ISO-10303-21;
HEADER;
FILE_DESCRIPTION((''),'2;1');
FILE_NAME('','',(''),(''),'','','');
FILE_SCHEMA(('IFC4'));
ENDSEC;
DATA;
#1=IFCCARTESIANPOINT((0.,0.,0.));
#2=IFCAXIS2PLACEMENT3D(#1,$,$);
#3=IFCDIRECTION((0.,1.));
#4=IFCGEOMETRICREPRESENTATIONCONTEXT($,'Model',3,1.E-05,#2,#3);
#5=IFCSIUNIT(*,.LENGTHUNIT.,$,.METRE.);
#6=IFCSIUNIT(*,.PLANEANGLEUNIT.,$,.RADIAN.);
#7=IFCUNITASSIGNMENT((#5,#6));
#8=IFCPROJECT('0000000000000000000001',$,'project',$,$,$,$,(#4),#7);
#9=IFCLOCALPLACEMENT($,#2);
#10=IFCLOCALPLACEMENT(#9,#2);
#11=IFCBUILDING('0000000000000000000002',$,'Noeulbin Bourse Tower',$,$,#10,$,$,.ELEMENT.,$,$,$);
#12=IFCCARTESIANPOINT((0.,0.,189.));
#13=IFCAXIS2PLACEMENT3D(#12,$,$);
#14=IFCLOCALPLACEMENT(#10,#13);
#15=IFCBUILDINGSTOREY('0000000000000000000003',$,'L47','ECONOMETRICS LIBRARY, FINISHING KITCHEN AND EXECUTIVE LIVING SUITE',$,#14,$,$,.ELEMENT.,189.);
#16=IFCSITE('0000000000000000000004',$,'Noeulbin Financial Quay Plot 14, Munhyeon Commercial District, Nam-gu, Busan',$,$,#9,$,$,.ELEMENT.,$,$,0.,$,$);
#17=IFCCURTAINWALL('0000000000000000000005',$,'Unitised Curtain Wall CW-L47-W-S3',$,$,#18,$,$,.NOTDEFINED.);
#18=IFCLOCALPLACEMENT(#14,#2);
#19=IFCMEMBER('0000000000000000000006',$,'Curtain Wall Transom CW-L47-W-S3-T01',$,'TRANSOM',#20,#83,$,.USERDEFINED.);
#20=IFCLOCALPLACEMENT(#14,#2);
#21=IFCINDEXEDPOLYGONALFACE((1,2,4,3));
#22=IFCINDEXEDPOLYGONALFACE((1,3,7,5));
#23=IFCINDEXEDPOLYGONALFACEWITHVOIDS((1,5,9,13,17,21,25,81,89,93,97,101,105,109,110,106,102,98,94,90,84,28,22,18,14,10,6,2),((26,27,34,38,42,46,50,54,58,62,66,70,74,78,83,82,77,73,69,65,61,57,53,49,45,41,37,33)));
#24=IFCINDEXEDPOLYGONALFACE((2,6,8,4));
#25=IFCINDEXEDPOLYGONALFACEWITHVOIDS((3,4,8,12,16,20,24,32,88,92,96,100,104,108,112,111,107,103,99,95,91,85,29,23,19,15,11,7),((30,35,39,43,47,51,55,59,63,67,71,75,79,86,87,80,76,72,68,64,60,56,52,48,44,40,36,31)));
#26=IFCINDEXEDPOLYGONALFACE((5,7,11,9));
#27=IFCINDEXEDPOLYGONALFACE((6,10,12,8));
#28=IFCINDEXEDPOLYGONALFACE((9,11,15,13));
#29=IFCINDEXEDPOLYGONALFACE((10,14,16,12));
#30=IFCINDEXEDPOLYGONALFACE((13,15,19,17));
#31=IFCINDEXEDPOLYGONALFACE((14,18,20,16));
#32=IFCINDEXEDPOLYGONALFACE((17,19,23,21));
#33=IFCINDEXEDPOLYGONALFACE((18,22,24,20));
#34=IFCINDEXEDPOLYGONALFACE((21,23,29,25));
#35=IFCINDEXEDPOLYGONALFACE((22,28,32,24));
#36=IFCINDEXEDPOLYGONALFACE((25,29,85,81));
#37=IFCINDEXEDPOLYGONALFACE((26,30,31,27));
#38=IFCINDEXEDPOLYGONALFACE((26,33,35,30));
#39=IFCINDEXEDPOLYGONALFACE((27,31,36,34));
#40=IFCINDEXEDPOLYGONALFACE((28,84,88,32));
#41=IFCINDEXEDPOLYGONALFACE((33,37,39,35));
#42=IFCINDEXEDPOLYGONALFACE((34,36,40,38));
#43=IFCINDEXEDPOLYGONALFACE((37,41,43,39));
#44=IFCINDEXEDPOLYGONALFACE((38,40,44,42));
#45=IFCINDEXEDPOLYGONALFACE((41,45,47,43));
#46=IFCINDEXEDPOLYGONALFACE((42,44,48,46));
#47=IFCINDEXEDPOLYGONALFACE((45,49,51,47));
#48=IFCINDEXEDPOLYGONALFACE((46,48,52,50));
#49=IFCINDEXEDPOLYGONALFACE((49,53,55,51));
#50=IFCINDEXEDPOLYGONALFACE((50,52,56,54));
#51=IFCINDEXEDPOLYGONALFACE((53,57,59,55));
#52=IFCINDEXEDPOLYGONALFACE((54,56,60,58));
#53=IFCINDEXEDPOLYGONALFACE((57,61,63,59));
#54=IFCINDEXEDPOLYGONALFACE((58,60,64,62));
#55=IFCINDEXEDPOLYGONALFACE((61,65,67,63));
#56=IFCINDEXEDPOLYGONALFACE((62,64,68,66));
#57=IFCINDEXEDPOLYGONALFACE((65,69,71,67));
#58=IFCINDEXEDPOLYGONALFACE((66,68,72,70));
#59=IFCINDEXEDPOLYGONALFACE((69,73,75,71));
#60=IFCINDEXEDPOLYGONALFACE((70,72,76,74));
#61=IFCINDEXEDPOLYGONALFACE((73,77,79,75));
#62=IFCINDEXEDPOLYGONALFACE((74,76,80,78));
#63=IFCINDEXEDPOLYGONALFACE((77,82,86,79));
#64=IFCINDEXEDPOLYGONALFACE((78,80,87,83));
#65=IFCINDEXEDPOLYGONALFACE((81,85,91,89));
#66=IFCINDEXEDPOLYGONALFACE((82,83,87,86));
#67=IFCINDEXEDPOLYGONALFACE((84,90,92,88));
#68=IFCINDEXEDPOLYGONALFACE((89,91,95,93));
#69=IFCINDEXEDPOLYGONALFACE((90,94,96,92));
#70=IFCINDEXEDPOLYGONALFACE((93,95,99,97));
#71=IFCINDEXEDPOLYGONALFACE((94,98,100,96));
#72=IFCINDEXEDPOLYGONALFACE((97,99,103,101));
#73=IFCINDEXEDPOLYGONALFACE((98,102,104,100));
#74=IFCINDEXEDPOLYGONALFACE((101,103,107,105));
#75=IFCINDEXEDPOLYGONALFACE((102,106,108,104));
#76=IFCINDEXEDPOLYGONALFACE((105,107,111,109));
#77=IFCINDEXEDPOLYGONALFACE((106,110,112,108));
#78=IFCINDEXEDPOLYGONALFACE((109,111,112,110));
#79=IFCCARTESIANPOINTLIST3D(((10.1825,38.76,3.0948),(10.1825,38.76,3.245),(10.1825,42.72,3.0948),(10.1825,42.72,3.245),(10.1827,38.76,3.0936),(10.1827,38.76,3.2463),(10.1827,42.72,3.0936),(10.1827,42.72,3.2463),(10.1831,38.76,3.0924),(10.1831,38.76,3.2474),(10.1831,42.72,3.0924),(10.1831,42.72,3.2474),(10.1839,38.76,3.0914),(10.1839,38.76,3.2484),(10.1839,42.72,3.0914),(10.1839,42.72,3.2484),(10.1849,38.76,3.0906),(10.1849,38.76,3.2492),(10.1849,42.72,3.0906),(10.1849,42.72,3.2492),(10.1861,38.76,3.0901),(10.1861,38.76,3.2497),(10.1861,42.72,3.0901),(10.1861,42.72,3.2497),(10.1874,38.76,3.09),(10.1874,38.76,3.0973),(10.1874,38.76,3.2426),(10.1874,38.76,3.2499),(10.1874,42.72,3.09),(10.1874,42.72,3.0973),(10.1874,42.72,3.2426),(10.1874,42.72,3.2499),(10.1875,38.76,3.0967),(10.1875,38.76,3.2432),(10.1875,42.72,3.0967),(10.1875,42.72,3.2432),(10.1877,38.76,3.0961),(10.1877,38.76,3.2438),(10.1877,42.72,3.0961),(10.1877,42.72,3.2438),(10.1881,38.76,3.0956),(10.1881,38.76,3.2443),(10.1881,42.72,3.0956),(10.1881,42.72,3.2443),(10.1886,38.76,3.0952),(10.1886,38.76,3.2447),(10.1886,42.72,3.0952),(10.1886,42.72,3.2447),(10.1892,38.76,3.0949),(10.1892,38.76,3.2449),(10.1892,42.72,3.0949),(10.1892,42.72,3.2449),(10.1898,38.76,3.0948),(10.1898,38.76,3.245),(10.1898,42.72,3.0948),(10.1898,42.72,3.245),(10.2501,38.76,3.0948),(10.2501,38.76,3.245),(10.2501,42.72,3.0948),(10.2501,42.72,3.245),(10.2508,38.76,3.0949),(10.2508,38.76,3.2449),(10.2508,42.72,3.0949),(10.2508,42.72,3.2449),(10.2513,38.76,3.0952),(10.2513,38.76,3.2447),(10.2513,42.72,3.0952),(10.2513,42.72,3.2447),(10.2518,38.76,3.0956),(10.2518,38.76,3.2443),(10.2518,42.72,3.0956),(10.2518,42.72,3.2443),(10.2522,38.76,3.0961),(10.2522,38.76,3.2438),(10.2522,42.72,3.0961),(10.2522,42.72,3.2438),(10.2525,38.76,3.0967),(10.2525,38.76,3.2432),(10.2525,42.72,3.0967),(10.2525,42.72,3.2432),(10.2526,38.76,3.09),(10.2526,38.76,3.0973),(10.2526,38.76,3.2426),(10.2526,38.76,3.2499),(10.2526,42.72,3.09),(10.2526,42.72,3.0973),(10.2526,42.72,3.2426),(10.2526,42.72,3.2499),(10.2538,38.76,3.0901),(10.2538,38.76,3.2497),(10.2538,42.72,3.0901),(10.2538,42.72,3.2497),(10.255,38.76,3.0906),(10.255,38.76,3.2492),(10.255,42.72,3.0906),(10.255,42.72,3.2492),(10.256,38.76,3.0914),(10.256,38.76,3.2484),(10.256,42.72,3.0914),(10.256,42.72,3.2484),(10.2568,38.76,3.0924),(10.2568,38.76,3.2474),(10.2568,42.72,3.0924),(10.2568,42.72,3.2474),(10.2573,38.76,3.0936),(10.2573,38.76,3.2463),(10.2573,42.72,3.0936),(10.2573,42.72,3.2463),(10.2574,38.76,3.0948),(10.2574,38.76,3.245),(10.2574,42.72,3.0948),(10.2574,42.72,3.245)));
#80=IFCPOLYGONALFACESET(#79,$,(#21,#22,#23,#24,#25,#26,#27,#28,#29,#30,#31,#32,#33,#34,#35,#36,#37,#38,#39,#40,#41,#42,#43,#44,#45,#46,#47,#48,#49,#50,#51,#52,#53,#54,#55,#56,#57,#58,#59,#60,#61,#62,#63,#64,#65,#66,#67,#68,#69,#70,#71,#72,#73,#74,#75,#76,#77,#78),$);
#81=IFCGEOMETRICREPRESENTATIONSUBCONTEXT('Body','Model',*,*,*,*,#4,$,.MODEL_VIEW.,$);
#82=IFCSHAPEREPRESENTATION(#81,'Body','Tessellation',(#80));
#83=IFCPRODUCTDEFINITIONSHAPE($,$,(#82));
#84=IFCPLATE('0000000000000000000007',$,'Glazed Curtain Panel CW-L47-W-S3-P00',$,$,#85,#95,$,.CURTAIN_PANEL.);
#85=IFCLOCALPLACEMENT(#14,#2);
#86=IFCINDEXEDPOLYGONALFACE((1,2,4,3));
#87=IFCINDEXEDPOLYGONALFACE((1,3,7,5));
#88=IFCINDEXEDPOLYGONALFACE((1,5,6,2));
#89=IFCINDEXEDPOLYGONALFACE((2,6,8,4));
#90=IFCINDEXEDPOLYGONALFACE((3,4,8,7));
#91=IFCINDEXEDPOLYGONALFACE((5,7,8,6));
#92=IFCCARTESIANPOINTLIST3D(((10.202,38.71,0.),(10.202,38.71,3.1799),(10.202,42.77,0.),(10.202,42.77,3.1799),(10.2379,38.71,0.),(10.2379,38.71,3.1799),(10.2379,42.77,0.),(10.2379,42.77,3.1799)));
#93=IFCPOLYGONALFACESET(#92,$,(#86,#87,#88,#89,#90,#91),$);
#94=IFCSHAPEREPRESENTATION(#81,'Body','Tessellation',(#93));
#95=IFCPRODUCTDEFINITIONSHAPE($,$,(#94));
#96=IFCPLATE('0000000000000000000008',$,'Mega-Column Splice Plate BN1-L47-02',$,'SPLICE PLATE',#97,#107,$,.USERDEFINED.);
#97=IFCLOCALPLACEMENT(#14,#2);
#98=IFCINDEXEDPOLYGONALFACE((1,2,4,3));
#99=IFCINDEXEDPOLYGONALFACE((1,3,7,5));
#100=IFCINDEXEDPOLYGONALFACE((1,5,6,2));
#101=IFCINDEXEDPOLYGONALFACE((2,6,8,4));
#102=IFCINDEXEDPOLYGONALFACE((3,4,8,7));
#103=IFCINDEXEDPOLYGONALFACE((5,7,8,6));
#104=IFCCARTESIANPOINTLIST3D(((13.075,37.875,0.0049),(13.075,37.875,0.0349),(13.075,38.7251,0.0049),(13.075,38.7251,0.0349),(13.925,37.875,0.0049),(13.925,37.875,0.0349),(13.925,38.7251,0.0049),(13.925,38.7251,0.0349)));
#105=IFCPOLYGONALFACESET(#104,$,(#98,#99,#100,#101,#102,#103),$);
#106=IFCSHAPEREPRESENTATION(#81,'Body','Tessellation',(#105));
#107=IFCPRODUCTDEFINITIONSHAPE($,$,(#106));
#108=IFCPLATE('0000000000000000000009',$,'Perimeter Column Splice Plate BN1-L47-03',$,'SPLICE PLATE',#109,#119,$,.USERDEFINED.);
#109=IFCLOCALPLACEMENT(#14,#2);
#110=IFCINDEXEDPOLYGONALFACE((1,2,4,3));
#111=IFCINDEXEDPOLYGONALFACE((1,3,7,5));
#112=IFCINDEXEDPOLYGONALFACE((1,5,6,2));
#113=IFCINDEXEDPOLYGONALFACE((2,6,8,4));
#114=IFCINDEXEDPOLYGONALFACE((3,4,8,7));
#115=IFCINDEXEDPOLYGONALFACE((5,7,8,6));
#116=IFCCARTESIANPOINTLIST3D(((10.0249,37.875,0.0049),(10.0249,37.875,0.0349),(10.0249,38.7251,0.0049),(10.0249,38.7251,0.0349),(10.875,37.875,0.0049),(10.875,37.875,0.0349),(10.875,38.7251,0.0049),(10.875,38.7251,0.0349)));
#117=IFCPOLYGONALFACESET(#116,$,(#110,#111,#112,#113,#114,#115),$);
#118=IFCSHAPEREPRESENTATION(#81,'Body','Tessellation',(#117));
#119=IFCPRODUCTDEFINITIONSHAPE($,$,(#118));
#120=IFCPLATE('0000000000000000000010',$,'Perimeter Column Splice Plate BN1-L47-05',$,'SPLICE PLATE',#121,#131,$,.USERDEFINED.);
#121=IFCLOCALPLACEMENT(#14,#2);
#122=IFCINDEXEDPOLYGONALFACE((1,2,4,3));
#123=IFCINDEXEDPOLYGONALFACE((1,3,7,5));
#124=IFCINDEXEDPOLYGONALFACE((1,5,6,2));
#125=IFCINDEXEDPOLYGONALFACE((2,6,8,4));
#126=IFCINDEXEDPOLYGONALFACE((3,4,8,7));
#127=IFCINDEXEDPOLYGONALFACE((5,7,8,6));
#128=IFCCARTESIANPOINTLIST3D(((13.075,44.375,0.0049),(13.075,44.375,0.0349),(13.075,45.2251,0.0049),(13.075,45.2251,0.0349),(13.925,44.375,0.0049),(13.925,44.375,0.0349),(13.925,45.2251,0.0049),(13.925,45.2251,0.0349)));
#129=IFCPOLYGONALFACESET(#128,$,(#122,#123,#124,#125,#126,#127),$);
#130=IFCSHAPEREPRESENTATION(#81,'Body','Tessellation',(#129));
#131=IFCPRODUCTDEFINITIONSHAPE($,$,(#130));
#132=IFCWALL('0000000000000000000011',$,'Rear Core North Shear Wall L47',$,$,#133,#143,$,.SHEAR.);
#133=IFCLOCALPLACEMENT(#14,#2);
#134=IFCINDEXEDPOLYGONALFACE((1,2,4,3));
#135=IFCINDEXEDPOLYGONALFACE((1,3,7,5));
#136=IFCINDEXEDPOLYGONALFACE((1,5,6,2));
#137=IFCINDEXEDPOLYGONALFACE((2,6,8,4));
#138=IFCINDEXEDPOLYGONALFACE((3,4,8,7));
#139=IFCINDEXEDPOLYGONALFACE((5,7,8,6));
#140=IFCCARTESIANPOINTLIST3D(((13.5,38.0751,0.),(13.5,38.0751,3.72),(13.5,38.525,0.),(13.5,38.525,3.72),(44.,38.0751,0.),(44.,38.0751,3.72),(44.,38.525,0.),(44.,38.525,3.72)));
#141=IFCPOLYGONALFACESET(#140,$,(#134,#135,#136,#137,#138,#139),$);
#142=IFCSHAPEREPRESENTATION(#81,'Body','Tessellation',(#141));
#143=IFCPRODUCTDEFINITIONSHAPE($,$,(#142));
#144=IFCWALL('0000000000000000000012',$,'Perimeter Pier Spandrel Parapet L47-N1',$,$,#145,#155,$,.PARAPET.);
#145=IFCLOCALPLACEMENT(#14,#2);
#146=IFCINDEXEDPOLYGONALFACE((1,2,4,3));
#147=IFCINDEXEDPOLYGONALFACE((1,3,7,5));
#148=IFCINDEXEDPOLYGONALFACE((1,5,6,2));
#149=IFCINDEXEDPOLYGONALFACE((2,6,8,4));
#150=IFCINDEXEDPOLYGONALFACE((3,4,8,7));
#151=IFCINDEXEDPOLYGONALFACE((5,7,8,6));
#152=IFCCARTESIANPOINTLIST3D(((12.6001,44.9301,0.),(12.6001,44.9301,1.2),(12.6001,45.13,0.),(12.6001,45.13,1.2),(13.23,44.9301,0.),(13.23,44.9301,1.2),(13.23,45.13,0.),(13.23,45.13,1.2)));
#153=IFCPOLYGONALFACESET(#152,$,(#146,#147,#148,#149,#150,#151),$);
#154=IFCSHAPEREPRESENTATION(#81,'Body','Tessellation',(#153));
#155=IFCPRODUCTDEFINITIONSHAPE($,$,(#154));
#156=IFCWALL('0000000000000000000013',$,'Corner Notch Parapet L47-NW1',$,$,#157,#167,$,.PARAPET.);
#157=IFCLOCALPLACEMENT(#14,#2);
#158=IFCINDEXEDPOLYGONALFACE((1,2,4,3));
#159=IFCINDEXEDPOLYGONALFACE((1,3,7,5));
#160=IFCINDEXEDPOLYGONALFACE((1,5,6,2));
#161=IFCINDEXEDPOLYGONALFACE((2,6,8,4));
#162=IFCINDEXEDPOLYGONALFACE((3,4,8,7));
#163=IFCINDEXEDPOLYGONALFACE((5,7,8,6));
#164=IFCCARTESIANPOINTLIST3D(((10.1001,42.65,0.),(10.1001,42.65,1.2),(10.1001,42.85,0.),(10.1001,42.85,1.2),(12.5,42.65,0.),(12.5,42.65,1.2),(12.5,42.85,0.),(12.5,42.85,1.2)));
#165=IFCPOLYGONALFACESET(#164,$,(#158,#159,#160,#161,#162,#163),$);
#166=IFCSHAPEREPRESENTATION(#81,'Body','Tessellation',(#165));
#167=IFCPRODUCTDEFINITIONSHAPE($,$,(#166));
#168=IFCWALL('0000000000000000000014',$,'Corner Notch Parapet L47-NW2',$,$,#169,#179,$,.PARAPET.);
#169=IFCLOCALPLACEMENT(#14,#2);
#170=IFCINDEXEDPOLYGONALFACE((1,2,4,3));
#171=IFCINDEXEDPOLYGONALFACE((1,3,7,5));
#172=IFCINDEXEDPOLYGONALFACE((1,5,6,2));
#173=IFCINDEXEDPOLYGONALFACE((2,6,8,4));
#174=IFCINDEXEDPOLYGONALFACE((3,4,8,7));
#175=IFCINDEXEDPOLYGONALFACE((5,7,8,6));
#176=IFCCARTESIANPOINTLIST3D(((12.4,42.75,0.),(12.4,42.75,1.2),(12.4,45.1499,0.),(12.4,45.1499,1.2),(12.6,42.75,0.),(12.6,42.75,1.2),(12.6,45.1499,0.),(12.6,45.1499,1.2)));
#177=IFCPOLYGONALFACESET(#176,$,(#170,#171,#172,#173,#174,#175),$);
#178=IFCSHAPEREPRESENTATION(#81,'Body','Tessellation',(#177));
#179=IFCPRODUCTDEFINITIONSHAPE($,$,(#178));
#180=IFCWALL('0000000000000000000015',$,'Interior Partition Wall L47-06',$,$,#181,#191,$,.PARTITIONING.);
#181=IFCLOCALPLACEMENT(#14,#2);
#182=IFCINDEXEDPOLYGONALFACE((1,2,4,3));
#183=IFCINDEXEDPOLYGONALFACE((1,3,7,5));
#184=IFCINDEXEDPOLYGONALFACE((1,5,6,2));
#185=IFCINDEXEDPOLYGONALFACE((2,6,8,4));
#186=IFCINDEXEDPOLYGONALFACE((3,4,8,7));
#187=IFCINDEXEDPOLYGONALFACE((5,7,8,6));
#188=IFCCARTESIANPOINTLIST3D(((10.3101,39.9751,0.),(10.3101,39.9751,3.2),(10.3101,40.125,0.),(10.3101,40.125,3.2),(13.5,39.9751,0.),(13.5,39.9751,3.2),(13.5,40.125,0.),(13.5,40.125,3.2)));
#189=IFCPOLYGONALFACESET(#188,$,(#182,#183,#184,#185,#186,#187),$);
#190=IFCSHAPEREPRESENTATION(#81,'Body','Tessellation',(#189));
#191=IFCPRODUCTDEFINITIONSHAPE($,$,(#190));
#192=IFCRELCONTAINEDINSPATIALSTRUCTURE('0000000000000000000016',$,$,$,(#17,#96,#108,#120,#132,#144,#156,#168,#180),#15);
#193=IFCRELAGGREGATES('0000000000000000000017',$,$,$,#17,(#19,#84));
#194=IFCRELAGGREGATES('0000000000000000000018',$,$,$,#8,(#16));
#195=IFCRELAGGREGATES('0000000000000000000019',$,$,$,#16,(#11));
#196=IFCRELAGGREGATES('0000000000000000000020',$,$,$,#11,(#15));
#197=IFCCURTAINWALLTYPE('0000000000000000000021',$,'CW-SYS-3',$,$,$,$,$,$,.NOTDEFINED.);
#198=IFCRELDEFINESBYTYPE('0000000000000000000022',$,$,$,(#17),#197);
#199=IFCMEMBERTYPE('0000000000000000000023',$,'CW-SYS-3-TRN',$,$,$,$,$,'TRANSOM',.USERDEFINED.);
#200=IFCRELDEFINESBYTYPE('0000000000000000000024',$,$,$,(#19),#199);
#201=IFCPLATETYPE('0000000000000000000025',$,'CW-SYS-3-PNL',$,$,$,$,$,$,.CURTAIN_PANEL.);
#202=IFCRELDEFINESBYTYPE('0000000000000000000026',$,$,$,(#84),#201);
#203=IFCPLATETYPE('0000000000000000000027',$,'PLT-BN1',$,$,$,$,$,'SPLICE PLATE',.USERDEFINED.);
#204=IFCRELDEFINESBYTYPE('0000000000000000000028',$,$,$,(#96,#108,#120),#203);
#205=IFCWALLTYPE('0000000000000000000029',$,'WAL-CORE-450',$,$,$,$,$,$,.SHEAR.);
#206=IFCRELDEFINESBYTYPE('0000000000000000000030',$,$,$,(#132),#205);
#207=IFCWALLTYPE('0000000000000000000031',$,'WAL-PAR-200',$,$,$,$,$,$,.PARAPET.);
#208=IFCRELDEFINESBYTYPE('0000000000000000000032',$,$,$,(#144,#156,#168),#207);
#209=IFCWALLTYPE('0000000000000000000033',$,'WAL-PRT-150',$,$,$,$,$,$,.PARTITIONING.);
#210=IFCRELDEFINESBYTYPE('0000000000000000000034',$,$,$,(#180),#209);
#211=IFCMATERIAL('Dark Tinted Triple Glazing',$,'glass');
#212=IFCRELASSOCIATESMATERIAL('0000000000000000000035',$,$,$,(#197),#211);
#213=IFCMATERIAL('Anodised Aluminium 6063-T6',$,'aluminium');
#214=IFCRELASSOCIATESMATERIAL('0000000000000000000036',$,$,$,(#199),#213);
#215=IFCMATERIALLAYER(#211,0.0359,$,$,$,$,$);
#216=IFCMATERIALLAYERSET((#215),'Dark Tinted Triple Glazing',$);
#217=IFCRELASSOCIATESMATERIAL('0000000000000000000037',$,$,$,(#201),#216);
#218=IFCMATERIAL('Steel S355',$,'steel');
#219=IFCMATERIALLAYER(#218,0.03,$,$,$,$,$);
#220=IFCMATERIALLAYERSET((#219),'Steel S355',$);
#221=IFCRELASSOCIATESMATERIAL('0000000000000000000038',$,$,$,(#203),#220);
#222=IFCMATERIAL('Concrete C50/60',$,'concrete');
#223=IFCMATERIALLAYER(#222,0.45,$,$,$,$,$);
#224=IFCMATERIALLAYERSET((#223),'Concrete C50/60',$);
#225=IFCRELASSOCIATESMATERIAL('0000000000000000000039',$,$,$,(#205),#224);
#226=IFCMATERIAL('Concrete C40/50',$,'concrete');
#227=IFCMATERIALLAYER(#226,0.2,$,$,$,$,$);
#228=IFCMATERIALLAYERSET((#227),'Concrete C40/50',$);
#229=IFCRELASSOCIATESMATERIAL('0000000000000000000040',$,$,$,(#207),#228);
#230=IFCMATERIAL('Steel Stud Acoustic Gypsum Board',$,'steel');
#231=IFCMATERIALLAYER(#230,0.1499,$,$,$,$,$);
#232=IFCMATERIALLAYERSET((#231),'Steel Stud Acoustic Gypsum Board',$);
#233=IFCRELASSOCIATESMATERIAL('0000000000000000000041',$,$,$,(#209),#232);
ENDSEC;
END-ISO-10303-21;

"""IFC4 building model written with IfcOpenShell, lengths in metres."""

from ifc_helpers import new_model, si_unit, direction, frame, frame_2d, origin, origin_2d, place, context, subcontext, project, spatial, rectangle, hollow_rectangle, extrude, material, layer, layer_set, material_profile, profile_set, type_object, element, aggregate, save


model = new_model("IFC4")

# Units and contexts
model_context = context("Model", 3, precision=1e-05, world=origin(), true_north=direction((0.0, 1.0)))
body_context = subcontext(model_context, "Body", "Model", "MODEL_VIEW")
ifc_project = project(units=[si_unit("LENGTHUNIT", "METRE"), si_unit("PLANEANGLEUNIT", "RADIAN")], contexts=[model_context])

# Site, building, storey
site_placement = place(None, origin())
site = spatial("IfcSite", under=ifc_project, at=site_placement, Name="Noeulbin Financial Quay Plot 14, Munhyeon Commercial District, Nam-gu, Busan", CompositionType="ELEMENT", RefElevation=0.0)
building_placement = place(site_placement, origin())
building = spatial("IfcBuilding", under=site, at=building_placement, Name="Noeulbin Bourse Tower", CompositionType="ELEMENT")
storey_placement = place(building_placement, frame((0.0, 0.0, 189.0)))
storey = spatial("IfcBuildingStorey", under=building, at=storey_placement, Name="L47", Description="ECONOMETRICS LIBRARY, FINISHING KITCHEN AND EXECUTIVE LIVING SUITE", CompositionType="ELEMENT", Elevation=189.0)

# Shared definitions
ifc_material_1 = material(Name="Steel S355", Category="steel")

# Shared definitions
ifc_material_2 = material(Name="Dark Tinted Triple Glazing", Category="glass")
curtain_wall_type = type_object("IfcCurtainWallType", Name="CW-SYS-3", PredefinedType="NOTDEFINED", material=ifc_material_2)
ifc_material_3 = material(Name="Anodised Aluminium 6063-T6", Category="aluminium")

# Curtain wall
curtain_wall_1_placement = place(storey_placement, origin())
curtain_wall_1 = element("IfcCurtainWall", 1, at=curtain_wall_1_placement, inside=storey, type_object=curtain_wall_type, Name="Unitised Curtain Wall CW-L47-W-S3", PredefinedType="NOTDEFINED")

# Member
ifc_material_profile_1 = material_profile(ifc_material_3, hollow_rectangle(XDim=0.075, YDim=0.1599, WallThickness=0.0049, InnerFilletRadius=0.0024, OuterFilletRadius=0.0049, at=origin_2d()), Name="ALU-TRAN-75x160x5", Category="LoadBearing")
ifc_profile_set_1 = profile_set([ifc_material_profile_1], Name="Anodised Aluminium 6063-T6")
member_type_1 = type_object("IfcMemberType", Name="CW-SYS-3-TRN", ElementType="TRANSOM", PredefinedType="USERDEFINED", material=ifc_profile_set_1)
member_1_placement = place(storey_placement, frame((10.22, 38.76, 3.1699), z_axis=(0.0, 1.0, 0.0), x_axis=(-1.0, 0.0, 0.0)))
member_1 = element("IfcMember", 2, at=member_1_placement, type_object=member_type_1, Name="Curtain Wall Transom CW-L47-W-S3-T01", ObjectType="TRANSOM", PredefinedType="USERDEFINED", context=body_context, shape_type="SweptSolid", body=[
    extrude(hollow_rectangle(XDim=0.075, YDim=0.1599, WallThickness=0.0049, InnerFilletRadius=0.0024, OuterFilletRadius=0.0049, at=origin_2d()), origin(), (0.0, 0.0, 1.0), 3.96),
])

# Plate
ifc_layer_1 = layer(ifc_material_2, 0.0359)
ifc_layer_set_1 = layer_set([ifc_layer_1], Name="Dark Tinted Triple Glazing")
plate_type_1 = type_object("IfcPlateType", Name="CW-SYS-3-PNL", PredefinedType="CURTAIN_PANEL", material=ifc_layer_set_1)
plate_placement = place(storey_placement, frame((10.22, 40.74, 0.0), z_axis=(0.0, 0.0, 1.0), x_axis=(0.0, 1.0, 0.0)))
plate = element("IfcPlate", 3, at=plate_placement, type_object=plate_type_1, Name="Glazed Curtain Panel CW-L47-W-S3-P00", PredefinedType="CURTAIN_PANEL", context=body_context, shape_type="SweptSolid", body=[
    extrude(rectangle(XDim=4.0601, YDim=0.0359, at=origin_2d()), origin(), (0.0, 0.0, 1.0), 3.1799),
])
aggregate(curtain_wall_1, [member_1, plate])

# Plates
ifc_layer_2 = layer(ifc_material_1, 0.03)
ifc_layer_set_2 = layer_set([ifc_layer_2], Name="Steel S355")
plate_type_2 = type_object("IfcPlateType", Name="PLT-BN1", ElementType="SPLICE PLATE", PredefinedType="USERDEFINED", material=ifc_layer_set_2)
for number, where, z_axis, x_axis, name in (
    (4, (13.5, 38.3, 0.0049), (0.0, 0.0, 1.0), (1.0, 0.0, 0.0), "Mega-Column Splice Plate BN1-L47-02"),
    (5, (10.45, 38.3, 0.0049), (0.0, 0.0, 1.0), (1.0, 0.0, 0.0), "Perimeter Column Splice Plate BN1-L47-03"),
    (6, (13.5, 44.8, 0.0049), (0.0, 0.0, 1.0), (1.0, 0.0, 0.0), "Perimeter Column Splice Plate BN1-L47-05"),
):
    element("IfcPlate", number, at=place(storey_placement, frame(where, z_axis=z_axis, x_axis=x_axis)), inside=storey, type_object=plate_type_2, Name=name, ObjectType="SPLICE PLATE", PredefinedType="USERDEFINED", context=body_context, shape_type="SweptSolid", body=[
        extrude(rectangle(XDim=0.8501, YDim=0.8501, at=origin_2d()), origin(), (0.0, 0.0, 1.0), 0.03),
    ])

# Walls
ifc_material_4 = material(Name="Concrete C50/60", Category="concrete")
ifc_layer_3 = layer(ifc_material_4, 0.45)
ifc_layer_set_3 = layer_set([ifc_layer_3], Name="Concrete C50/60")
wall_type_1 = type_object("IfcWallType", Name="WAL-CORE-450", PredefinedType="SHEAR", material=ifc_layer_set_3)
wall_1_placement = place(storey_placement, frame((13.5, 38.3, 0.0), z_axis=(0.0, 0.0, 1.0), x_axis=(1.0, 0.0, 0.0)))
element("IfcWall", 7, at=wall_1_placement, inside=storey, type_object=wall_type_1, Name="Rear Core North Shear Wall L47", PredefinedType="SHEAR", context=body_context, shape_type="SweptSolid", body=[
    extrude(rectangle(XDim=30.5, YDim=0.45, at=frame_2d((15.25, 0.0))), origin(), (0.0, 0.0, 1.0), 3.72),
])
ifc_material_5 = material(Name="Concrete C40/50", Category="concrete")
ifc_layer_4 = layer(ifc_material_5, 0.2)
ifc_layer_set_4 = layer_set([ifc_layer_4], Name="Concrete C40/50")
wall_type_2 = type_object("IfcWallType", Name="WAL-PAR-200", PredefinedType="PARAPET", material=ifc_layer_set_4)
wall_2_placement = place(storey_placement, frame((12.6001, 45.03, 0.0), z_axis=(0.0, 0.0, 1.0), x_axis=(1.0, 0.0, 0.0)))
element("IfcWall", 8, at=wall_2_placement, inside=storey, type_object=wall_type_2, Name="Perimeter Pier Spandrel Parapet L47-N1", PredefinedType="PARAPET", context=body_context, shape_type="SweptSolid", body=[
    extrude(rectangle(XDim=0.6299, YDim=0.2, at=frame_2d((0.3149, 0.0))), origin(), (0.0, 0.0, 1.0), 1.2),
])
for number, where, z_axis, x_axis, name in (
    (9, (10.1001, 42.75, 0.0), (0.0, 0.0, 1.0), (1.0, 0.0, 0.0), "Corner Notch Parapet L47-NW1"),
    (10, (12.5, 42.75, 0.0), (0.0, 0.0, 1.0), (0.0, 1.0, 0.0), "Corner Notch Parapet L47-NW2"),
):
    element("IfcWall", number, at=place(storey_placement, frame(where, z_axis=z_axis, x_axis=x_axis)), inside=storey, type_object=wall_type_2, Name=name, PredefinedType="PARAPET", context=body_context, shape_type="SweptSolid", body=[
        extrude(rectangle(XDim=2.3999, YDim=0.2, at=frame_2d((1.2, 0.0))), origin(), (0.0, 0.0, 1.0), 1.2),
    ])
ifc_material_6 = material(Name="Steel Stud Acoustic Gypsum Board", Category="steel")
ifc_layer_5 = layer(ifc_material_6, 0.1499)
ifc_layer_set_5 = layer_set([ifc_layer_5], Name="Steel Stud Acoustic Gypsum Board")
wall_type_3 = type_object("IfcWallType", Name="WAL-PRT-150", PredefinedType="PARTITIONING", material=ifc_layer_set_5)
wall_3_placement = place(storey_placement, frame((10.3101, 40.05, 0.0), z_axis=(0.0, 0.0, 1.0), x_axis=(1.0, 0.0, 0.0)))
element("IfcWall", 11, at=wall_3_placement, inside=storey, type_object=wall_type_3, Name="Interior Partition Wall L47-06", PredefinedType="PARTITIONING", context=body_context, shape_type="SweptSolid", body=[
    extrude(rectangle(XDim=3.1899, YDim=0.1499, at=frame_2d((1.595, 0.0))), origin(), (0.0, 0.0, 1.0), 3.2),
])

save(model, "model.ifc")
